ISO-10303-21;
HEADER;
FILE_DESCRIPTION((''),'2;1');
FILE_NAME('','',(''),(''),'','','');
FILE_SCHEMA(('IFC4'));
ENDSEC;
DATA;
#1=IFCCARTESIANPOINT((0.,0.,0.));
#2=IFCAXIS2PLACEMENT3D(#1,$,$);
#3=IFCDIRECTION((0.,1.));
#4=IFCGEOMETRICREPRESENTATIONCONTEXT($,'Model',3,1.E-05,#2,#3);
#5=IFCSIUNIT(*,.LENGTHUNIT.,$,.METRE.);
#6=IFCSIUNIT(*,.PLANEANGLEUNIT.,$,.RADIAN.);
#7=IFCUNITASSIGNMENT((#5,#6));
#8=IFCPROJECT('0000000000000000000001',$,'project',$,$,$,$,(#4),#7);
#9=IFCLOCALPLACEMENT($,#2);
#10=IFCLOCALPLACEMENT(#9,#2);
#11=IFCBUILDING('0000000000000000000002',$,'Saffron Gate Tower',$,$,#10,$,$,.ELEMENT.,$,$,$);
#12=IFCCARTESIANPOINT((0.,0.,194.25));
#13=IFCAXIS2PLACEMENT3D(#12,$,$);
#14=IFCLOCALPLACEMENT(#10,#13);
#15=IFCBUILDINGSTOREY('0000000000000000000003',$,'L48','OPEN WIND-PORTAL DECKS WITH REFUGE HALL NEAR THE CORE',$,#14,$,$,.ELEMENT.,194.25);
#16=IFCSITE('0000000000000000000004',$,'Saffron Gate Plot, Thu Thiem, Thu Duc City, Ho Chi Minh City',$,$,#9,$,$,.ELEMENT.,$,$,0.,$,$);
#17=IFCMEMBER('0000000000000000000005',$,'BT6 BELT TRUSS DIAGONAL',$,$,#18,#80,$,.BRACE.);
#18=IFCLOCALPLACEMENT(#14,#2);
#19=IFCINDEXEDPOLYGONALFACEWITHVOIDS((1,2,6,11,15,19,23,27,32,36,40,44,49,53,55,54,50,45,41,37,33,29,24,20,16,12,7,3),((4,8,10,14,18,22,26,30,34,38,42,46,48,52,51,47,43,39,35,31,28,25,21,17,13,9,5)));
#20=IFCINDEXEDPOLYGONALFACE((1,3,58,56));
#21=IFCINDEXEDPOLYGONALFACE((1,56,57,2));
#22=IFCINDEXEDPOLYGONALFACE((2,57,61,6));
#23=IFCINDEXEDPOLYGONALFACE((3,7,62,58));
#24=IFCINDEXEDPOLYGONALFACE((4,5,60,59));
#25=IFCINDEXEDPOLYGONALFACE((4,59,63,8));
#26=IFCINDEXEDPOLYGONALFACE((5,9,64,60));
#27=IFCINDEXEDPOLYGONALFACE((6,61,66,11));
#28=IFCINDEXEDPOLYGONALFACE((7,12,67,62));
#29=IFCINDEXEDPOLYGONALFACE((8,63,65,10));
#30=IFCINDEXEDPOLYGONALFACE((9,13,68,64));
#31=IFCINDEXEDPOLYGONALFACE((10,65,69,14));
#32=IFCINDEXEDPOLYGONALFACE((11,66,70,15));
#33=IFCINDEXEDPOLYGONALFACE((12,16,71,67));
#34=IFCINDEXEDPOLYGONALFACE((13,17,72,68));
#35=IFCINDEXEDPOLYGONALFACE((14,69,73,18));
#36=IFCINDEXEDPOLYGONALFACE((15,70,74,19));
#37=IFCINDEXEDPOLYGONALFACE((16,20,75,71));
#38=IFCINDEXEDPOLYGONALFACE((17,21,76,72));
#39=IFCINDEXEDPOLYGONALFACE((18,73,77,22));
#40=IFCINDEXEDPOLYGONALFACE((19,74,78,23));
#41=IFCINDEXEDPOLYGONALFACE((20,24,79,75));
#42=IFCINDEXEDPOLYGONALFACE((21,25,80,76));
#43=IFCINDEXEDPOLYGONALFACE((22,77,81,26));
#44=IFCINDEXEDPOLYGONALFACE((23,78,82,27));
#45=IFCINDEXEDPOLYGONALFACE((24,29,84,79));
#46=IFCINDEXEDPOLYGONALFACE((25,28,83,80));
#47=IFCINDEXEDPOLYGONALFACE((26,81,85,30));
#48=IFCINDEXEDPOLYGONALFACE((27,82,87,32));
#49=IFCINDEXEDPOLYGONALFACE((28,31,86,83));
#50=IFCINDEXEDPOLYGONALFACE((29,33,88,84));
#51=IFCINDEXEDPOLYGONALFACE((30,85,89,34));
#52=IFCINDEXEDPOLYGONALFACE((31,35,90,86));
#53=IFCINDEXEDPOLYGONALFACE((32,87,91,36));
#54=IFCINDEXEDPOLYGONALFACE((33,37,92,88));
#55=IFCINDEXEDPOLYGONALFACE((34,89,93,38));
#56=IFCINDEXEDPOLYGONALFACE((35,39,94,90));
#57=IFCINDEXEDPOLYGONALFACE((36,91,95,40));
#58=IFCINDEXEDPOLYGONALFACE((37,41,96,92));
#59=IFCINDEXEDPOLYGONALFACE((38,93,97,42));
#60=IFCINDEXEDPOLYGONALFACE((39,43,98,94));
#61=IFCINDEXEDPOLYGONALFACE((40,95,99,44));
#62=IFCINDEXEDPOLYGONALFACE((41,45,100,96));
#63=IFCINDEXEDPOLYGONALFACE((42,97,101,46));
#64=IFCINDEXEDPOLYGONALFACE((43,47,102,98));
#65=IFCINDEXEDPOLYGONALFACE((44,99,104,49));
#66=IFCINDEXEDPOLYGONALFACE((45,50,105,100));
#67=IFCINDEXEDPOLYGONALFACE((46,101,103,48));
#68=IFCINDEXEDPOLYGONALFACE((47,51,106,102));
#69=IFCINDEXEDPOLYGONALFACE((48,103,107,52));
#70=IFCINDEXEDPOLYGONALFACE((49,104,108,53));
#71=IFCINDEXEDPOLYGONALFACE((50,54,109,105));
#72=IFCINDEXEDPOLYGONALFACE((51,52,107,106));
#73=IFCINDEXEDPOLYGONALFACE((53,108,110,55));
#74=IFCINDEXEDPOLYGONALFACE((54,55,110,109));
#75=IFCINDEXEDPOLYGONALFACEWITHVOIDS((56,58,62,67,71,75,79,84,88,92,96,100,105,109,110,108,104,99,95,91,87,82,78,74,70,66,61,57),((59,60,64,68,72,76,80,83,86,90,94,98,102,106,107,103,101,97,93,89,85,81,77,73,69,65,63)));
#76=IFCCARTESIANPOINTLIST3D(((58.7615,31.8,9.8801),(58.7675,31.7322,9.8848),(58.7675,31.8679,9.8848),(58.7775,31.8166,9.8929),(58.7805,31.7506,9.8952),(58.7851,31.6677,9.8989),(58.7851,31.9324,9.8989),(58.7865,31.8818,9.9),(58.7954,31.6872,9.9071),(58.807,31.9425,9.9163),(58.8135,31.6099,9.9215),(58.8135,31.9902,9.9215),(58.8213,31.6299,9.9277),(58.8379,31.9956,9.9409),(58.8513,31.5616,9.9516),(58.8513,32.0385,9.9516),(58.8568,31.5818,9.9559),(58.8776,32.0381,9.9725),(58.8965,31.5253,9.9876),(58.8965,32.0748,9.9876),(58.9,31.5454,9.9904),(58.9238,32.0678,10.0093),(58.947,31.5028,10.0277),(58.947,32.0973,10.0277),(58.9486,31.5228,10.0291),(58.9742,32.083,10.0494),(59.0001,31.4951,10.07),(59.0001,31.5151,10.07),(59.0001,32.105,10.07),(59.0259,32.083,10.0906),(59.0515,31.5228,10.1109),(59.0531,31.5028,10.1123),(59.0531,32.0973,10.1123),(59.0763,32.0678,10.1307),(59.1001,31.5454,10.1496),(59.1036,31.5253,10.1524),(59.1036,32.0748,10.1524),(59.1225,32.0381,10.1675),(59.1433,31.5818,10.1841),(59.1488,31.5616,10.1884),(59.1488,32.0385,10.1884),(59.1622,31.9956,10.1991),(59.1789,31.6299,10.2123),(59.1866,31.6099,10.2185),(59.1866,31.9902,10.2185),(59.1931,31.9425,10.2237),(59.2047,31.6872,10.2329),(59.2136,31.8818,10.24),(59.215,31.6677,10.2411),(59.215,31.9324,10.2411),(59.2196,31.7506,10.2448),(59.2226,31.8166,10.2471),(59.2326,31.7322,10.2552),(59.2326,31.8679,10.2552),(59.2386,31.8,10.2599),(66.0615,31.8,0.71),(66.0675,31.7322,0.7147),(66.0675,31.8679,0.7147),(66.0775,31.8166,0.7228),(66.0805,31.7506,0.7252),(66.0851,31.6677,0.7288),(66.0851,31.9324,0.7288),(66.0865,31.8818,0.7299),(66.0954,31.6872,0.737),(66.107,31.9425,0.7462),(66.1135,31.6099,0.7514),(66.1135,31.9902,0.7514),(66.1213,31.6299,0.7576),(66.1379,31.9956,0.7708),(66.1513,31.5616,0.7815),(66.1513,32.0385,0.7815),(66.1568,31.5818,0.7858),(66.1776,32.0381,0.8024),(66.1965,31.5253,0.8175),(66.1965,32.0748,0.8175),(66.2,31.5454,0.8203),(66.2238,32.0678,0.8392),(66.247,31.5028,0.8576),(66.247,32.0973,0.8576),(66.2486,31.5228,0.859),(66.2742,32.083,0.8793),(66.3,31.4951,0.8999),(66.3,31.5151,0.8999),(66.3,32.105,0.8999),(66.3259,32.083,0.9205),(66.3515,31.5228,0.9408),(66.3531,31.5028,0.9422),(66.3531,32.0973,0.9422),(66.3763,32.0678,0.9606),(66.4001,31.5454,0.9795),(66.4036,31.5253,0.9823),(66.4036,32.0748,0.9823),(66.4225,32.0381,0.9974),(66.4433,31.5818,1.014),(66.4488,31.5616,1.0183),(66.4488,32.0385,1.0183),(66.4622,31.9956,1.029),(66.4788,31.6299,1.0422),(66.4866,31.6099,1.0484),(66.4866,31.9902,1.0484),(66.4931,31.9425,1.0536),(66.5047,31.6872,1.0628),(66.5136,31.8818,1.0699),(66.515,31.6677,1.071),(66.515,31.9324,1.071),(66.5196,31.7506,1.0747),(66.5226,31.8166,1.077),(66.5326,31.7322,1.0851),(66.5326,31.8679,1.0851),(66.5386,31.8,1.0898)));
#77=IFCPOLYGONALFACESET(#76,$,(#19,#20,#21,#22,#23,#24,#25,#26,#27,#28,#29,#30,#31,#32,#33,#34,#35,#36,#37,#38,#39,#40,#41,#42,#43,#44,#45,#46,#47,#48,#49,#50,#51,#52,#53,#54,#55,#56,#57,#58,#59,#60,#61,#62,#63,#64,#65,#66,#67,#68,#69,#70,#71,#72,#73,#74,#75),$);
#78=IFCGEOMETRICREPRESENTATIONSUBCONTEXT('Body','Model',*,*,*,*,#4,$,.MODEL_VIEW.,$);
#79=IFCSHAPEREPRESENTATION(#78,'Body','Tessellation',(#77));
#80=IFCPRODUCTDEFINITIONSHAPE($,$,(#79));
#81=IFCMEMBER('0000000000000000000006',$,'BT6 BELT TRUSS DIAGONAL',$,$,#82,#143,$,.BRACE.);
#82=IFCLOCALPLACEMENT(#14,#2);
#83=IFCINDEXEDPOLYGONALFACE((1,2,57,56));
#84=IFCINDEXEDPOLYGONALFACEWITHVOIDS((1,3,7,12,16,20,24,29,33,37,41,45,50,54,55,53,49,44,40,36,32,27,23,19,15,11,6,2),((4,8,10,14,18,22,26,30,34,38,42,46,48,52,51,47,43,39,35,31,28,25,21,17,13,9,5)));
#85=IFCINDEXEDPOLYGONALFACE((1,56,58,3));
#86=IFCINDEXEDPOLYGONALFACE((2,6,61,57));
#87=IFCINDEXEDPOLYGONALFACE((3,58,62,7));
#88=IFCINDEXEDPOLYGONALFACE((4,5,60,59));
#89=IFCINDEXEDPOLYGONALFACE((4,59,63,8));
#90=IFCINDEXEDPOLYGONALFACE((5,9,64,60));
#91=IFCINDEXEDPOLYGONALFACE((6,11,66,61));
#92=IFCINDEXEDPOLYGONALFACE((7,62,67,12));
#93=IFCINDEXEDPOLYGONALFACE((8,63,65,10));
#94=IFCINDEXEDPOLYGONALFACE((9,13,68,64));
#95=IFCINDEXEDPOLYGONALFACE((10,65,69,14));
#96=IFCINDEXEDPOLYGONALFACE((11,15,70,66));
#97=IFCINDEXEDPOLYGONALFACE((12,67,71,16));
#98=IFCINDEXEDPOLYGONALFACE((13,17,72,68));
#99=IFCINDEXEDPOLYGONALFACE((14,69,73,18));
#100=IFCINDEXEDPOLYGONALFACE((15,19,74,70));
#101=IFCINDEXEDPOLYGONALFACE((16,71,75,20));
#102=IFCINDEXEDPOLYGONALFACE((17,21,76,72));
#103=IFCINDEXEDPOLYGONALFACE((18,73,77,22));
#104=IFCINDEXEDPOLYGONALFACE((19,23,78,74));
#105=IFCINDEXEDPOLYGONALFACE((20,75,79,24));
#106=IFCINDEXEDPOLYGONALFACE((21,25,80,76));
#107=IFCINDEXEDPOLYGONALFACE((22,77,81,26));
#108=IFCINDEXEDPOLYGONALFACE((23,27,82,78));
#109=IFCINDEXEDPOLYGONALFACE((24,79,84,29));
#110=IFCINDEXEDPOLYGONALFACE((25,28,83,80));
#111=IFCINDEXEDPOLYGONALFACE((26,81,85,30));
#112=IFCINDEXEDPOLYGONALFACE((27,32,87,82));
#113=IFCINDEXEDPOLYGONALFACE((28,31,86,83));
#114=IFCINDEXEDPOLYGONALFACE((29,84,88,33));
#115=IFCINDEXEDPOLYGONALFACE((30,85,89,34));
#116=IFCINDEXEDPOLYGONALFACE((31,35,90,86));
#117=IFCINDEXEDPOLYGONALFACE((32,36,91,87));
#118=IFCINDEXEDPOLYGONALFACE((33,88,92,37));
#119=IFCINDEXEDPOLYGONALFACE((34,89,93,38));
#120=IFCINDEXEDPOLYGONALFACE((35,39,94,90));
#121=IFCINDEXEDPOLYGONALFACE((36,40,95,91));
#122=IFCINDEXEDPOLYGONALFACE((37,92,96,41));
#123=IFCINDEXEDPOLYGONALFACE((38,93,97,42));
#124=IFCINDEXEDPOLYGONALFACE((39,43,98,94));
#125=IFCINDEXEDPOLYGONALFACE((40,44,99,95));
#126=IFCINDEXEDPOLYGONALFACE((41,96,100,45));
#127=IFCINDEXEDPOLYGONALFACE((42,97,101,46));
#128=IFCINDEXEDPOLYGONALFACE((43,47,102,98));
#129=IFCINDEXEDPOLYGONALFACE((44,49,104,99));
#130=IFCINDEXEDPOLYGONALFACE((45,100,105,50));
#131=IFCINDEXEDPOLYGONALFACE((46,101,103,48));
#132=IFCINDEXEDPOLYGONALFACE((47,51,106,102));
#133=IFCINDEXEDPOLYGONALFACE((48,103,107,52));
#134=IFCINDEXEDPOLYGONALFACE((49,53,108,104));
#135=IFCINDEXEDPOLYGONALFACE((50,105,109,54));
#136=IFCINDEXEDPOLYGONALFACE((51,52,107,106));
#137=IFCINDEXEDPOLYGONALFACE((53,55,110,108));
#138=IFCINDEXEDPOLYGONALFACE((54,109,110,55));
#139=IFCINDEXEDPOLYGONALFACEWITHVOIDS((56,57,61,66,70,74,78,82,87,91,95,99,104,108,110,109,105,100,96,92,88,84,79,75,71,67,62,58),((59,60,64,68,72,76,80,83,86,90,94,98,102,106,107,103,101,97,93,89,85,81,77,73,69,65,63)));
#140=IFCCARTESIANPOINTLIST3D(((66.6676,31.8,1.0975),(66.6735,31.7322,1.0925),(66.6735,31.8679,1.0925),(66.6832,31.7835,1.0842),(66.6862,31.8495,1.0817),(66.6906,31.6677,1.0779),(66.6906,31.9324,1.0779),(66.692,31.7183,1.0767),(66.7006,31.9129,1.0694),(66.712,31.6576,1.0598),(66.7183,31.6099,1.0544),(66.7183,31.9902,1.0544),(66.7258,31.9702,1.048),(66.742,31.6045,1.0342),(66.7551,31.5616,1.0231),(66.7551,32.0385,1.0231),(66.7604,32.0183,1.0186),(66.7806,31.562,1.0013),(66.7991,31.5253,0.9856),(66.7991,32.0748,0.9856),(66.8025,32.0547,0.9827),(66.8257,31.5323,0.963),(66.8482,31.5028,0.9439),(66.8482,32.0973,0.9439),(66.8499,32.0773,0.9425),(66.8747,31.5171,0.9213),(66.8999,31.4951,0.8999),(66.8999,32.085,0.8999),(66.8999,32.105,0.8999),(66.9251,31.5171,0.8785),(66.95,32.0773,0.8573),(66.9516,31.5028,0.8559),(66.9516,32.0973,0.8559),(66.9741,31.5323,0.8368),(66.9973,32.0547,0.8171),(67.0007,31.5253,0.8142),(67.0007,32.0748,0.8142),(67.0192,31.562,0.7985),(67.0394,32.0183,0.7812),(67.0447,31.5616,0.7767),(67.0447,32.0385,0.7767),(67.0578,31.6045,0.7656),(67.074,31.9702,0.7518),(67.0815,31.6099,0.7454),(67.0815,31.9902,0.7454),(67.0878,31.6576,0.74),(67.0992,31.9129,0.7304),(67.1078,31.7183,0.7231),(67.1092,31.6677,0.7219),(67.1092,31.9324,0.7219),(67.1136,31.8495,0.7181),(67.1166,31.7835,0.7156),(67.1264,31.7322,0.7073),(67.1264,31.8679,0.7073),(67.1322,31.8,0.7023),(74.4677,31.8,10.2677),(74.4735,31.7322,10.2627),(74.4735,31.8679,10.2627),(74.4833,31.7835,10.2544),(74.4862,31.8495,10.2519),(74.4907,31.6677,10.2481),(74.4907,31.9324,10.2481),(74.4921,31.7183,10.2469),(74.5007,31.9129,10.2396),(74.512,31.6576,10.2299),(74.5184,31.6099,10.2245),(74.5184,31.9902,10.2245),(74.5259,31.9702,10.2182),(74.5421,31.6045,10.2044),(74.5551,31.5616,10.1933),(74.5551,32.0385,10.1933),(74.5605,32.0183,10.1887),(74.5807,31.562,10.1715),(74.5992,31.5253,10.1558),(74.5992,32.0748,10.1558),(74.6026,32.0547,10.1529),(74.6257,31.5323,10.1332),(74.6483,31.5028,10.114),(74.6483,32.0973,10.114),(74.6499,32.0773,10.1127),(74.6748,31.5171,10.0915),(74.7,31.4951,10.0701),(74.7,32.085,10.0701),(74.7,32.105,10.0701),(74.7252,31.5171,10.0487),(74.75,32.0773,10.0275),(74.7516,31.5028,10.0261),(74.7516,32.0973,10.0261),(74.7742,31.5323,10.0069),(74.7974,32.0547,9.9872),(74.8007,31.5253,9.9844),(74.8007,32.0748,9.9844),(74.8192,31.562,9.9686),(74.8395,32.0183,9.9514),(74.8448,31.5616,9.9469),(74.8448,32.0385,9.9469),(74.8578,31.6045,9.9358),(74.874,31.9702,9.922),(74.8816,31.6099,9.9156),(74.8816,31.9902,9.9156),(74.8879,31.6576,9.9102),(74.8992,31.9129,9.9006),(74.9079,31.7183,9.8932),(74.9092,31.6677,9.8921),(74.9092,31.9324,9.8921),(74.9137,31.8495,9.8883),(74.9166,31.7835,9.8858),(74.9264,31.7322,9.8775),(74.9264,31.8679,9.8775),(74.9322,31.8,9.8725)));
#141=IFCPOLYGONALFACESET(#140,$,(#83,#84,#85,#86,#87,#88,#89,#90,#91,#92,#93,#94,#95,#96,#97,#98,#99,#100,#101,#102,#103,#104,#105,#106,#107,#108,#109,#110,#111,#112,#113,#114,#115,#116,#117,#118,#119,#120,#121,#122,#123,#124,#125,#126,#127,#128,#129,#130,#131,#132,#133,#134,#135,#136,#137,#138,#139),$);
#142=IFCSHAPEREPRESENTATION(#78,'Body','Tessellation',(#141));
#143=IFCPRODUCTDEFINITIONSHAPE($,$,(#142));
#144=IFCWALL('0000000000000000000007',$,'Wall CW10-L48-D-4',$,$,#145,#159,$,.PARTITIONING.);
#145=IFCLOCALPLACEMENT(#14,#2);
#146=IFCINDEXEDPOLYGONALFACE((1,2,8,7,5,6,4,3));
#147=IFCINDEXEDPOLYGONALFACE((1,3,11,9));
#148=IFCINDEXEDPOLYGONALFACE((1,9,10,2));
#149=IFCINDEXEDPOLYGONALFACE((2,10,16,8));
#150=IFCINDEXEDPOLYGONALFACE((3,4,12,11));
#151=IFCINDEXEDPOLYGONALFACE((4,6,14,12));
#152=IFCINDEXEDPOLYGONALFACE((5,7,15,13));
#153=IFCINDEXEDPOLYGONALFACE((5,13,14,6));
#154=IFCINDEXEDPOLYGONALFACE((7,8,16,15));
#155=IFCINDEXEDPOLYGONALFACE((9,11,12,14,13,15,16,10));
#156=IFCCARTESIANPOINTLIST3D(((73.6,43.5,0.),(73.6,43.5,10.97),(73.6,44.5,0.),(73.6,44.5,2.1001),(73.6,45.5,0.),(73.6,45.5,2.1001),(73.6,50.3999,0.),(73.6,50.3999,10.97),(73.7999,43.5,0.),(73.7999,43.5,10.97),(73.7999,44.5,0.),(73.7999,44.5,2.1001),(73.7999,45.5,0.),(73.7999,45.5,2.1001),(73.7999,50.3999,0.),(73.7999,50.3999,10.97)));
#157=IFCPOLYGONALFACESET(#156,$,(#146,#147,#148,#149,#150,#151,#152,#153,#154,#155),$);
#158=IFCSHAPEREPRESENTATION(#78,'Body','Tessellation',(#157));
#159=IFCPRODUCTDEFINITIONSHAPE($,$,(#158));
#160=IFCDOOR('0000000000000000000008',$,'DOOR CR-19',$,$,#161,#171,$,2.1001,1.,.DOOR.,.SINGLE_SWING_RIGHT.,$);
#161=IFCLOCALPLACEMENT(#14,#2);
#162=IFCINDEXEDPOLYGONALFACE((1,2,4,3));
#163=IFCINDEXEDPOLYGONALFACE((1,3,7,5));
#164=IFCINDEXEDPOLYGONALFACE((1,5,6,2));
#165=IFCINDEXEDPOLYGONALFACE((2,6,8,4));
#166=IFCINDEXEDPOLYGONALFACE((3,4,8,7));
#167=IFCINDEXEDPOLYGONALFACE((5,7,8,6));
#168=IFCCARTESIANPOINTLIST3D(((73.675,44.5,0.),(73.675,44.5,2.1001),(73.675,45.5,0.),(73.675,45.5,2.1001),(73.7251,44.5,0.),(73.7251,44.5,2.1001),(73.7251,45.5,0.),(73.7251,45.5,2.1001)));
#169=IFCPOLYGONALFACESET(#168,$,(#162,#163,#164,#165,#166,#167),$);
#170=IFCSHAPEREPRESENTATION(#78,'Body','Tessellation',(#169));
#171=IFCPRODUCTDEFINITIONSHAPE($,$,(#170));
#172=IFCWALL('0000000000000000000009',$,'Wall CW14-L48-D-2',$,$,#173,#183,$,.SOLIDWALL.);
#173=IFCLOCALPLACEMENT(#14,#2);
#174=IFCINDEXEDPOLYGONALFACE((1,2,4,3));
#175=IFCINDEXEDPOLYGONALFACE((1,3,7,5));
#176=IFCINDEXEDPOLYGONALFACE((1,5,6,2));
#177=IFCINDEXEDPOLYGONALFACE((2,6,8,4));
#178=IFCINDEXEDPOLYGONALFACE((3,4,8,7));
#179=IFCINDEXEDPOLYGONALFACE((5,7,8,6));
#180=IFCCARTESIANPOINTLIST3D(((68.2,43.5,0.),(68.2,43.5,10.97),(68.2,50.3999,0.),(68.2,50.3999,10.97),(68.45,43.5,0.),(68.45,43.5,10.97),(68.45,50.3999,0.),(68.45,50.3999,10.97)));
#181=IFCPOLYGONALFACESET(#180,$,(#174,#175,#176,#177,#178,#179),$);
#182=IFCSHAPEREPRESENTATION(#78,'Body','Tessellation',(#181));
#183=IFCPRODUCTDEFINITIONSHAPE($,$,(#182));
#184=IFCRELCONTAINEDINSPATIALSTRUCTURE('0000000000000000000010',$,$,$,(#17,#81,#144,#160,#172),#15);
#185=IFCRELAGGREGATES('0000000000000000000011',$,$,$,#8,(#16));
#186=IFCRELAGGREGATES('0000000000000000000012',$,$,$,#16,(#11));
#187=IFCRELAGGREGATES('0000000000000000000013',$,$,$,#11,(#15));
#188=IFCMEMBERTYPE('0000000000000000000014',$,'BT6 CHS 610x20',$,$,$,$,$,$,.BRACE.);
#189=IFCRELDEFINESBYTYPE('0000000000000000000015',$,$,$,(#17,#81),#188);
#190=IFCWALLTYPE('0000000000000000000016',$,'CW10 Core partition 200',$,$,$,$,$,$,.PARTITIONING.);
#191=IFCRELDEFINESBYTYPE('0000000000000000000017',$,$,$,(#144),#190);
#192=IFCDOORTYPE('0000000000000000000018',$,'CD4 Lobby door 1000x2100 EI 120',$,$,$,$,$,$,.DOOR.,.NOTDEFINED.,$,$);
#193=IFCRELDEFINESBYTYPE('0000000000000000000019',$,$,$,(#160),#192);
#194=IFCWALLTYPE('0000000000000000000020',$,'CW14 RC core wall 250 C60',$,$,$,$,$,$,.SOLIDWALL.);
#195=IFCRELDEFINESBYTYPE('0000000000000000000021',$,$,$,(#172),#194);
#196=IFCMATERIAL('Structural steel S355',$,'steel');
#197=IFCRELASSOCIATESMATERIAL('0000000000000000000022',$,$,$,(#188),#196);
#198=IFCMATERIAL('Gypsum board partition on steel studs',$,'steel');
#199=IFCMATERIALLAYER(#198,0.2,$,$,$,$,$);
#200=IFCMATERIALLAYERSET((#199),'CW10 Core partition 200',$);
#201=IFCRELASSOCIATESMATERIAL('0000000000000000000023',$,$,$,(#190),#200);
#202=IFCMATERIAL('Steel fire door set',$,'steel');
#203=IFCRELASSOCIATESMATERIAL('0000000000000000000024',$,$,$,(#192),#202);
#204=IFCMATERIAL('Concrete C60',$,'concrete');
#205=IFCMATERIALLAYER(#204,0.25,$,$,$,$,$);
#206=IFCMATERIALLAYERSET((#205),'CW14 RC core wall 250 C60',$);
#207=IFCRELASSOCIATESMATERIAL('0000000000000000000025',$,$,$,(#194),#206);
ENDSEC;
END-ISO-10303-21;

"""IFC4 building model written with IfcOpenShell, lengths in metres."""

from ifc_helpers import new_model, si_unit, direction, frame, frame_2d, origin, origin_2d, place, context, subcontext, project, spatial, rectangle, hollow_circle, extrude, material, layer, layer_set, material_profile, profile_set, type_object, element, fill, save


model = new_model("IFC4")

# Units and contexts
model_context = context("Model", 3, precision=1e-05, world=origin(), true_north=direction((0.0, 1.0)))
body_context = subcontext(model_context, "Body", "Model", "MODEL_VIEW")
ifc_project = project(units=[si_unit("LENGTHUNIT", "METRE"), si_unit("PLANEANGLEUNIT", "RADIAN")], contexts=[model_context])

# Site, building, storey
site_placement = place(None, origin())
site = spatial("IfcSite", under=ifc_project, at=site_placement, Name="Saffron Gate Plot, Thu Thiem, Thu Duc City, Ho Chi Minh City", CompositionType="ELEMENT", RefElevation=0.0)
building_placement = place(site_placement, origin())
building = spatial("IfcBuilding", under=site, at=building_placement, Name="Saffron Gate Tower", CompositionType="ELEMENT")
storey_placement = place(building_placement, frame((0.0, 0.0, 194.25)))
storey = spatial("IfcBuildingStorey", under=building, at=storey_placement, Name="L48", Description="OPEN WIND-PORTAL DECKS WITH REFUGE HALL NEAR THE CORE", CompositionType="ELEMENT", Elevation=194.25)

# Shared definitions
ifc_material_1 = material(Name="Structural steel S355", Category="steel")

# Members
ifc_material_profile_1 = material_profile(ifc_material_1, hollow_circle(Radius=0.3049, WallThickness=0.02, at=origin_2d()))
ifc_profile_set_1 = profile_set([ifc_material_profile_1], Name="Structural steel S355")
member_type_1 = type_object("IfcMemberType", Name="BT6 CHS 610x20", PredefinedType="BRACE", material=ifc_profile_set_1)
member_1_placement = place(storey_placement, frame((66.3, 31.8, 0.8999), z_axis=(-0.622816, 0.0, 0.782368), x_axis=(0.0, -1.0, 0.0)))
element("IfcMember", 1, at=member_1_placement, inside=storey, type_object=member_type_1, Name="BT6 BELT TRUSS DIAGONAL", PredefinedType="BRACE", context=body_context, shape_type="SweptSolid", body=[
    extrude(hollow_circle(Radius=0.3049, WallThickness=0.02, at=origin_2d()), origin(), (0.0, 0.0, 1.0), 11.7209),
])
member_2_placement = place(storey_placement, frame((66.8999, 31.8, 0.8999), z_axis=(0.647909, 0.0, 0.761718), x_axis=(0.0, 1.0, 0.0)))
element("IfcMember", 2, at=member_2_placement, inside=storey, type_object=member_type_1, Name="BT6 BELT TRUSS DIAGONAL", PredefinedType="BRACE", context=body_context, shape_type="SweptSolid", body=[
    extrude(hollow_circle(Radius=0.3049, WallThickness=0.02, at=origin_2d()), origin(), (0.0, 0.0, 1.0), 12.0388),
])

# Wall, opening, door
ifc_material_2 = material(Name="Gypsum board partition on steel studs", Category="steel")
ifc_layer_1 = layer(ifc_material_2, 0.2)
ifc_layer_set_1 = layer_set([ifc_layer_1], Name="CW10 Core partition 200")
wall_type_1 = type_object("IfcWallType", Name="CW10 Core partition 200", PredefinedType="PARTITIONING", material=ifc_layer_set_1)
wall_1_placement = place(storey_placement, frame((73.7, 43.5, 0.0), z_axis=(0.0, 0.0, 1.0), x_axis=(0.0, 1.0, 0.0)))
wall_1 = element("IfcWall", 3, at=wall_1_placement, inside=storey, type_object=wall_type_1, Name="Wall CW10-L48-D-4", PredefinedType="PARTITIONING", context=body_context, shape_type="SweptSolid", body=[
    extrude(rectangle(XDim=6.8999, YDim=0.2, at=frame_2d((3.45, 0.0))), origin(), (0.0, 0.0, 1.0), 10.97),
])
opening_1_placement = place(wall_1_placement, frame((1.0, 0.0, 0.0)))
opening_1 = element("IfcOpeningElement", 4, at=opening_1_placement, cuts=wall_1, PredefinedType="OPENING", context=body_context, shape_type="SweptSolid", body=[
    extrude(rectangle(XDim=1.0, YDim=2.1001, at=frame_2d((0.5, 1.05))), frame((0.0, 0.1099, 0.0), z_axis=(0.0, -1.0, 0.0), x_axis=(1.0, 0.0, 0.0)), (0.0, 0.0, 1.0), 0.22),
])
ifc_material_3 = material(Name="Steel fire door set", Category="steel")
door_type_1 = type_object("IfcDoorType", Name="CD4 Lobby door 1000x2100 EI 120", OperationType="NOTDEFINED", PredefinedType="DOOR", material=ifc_material_3)
door_1_placement = place(opening_1_placement, origin())
door_1 = element("IfcDoor", 5, at=door_1_placement, inside=storey, type_object=door_type_1, Name="DOOR CR-19", OperationType="SINGLE_SWING_RIGHT", OverallHeight=2.1001, OverallWidth=1.0, PredefinedType="DOOR", context=body_context, shape_type="SweptSolid", body=[
    extrude(rectangle(XDim=1.0, YDim=2.1001, at=frame_2d((0.5, 1.05))), frame((0.0, 0.0249, 0.0), z_axis=(0.0, -1.0, 0.0), x_axis=(1.0, 0.0, 0.0)), (0.0, 0.0, 1.0), 0.05),
])
fill(opening_1, door_1)

# Wall
ifc_material_4 = material(Name="Concrete C60", Category="concrete")
ifc_layer_2 = layer(ifc_material_4, 0.25)
ifc_layer_set_2 = layer_set([ifc_layer_2], Name="CW14 RC core wall 250 C60")
wall_type_2 = type_object("IfcWallType", Name="CW14 RC core wall 250 C60", PredefinedType="SOLIDWALL", material=ifc_layer_set_2)
wall_2_placement = place(storey_placement, frame((68.325, 43.5, 0.0), z_axis=(0.0, 0.0, 1.0), x_axis=(0.0, 1.0, 0.0)))
element("IfcWall", 6, at=wall_2_placement, inside=storey, type_object=wall_type_2, Name="Wall CW14-L48-D-2", PredefinedType="SOLIDWALL", context=body_context, shape_type="SweptSolid", body=[
    extrude(rectangle(XDim=6.8999, YDim=0.25, at=frame_2d((3.45, 0.0))), origin(), (0.0, 0.0, 1.0), 10.97),
])

save(model, "model.ifc")
